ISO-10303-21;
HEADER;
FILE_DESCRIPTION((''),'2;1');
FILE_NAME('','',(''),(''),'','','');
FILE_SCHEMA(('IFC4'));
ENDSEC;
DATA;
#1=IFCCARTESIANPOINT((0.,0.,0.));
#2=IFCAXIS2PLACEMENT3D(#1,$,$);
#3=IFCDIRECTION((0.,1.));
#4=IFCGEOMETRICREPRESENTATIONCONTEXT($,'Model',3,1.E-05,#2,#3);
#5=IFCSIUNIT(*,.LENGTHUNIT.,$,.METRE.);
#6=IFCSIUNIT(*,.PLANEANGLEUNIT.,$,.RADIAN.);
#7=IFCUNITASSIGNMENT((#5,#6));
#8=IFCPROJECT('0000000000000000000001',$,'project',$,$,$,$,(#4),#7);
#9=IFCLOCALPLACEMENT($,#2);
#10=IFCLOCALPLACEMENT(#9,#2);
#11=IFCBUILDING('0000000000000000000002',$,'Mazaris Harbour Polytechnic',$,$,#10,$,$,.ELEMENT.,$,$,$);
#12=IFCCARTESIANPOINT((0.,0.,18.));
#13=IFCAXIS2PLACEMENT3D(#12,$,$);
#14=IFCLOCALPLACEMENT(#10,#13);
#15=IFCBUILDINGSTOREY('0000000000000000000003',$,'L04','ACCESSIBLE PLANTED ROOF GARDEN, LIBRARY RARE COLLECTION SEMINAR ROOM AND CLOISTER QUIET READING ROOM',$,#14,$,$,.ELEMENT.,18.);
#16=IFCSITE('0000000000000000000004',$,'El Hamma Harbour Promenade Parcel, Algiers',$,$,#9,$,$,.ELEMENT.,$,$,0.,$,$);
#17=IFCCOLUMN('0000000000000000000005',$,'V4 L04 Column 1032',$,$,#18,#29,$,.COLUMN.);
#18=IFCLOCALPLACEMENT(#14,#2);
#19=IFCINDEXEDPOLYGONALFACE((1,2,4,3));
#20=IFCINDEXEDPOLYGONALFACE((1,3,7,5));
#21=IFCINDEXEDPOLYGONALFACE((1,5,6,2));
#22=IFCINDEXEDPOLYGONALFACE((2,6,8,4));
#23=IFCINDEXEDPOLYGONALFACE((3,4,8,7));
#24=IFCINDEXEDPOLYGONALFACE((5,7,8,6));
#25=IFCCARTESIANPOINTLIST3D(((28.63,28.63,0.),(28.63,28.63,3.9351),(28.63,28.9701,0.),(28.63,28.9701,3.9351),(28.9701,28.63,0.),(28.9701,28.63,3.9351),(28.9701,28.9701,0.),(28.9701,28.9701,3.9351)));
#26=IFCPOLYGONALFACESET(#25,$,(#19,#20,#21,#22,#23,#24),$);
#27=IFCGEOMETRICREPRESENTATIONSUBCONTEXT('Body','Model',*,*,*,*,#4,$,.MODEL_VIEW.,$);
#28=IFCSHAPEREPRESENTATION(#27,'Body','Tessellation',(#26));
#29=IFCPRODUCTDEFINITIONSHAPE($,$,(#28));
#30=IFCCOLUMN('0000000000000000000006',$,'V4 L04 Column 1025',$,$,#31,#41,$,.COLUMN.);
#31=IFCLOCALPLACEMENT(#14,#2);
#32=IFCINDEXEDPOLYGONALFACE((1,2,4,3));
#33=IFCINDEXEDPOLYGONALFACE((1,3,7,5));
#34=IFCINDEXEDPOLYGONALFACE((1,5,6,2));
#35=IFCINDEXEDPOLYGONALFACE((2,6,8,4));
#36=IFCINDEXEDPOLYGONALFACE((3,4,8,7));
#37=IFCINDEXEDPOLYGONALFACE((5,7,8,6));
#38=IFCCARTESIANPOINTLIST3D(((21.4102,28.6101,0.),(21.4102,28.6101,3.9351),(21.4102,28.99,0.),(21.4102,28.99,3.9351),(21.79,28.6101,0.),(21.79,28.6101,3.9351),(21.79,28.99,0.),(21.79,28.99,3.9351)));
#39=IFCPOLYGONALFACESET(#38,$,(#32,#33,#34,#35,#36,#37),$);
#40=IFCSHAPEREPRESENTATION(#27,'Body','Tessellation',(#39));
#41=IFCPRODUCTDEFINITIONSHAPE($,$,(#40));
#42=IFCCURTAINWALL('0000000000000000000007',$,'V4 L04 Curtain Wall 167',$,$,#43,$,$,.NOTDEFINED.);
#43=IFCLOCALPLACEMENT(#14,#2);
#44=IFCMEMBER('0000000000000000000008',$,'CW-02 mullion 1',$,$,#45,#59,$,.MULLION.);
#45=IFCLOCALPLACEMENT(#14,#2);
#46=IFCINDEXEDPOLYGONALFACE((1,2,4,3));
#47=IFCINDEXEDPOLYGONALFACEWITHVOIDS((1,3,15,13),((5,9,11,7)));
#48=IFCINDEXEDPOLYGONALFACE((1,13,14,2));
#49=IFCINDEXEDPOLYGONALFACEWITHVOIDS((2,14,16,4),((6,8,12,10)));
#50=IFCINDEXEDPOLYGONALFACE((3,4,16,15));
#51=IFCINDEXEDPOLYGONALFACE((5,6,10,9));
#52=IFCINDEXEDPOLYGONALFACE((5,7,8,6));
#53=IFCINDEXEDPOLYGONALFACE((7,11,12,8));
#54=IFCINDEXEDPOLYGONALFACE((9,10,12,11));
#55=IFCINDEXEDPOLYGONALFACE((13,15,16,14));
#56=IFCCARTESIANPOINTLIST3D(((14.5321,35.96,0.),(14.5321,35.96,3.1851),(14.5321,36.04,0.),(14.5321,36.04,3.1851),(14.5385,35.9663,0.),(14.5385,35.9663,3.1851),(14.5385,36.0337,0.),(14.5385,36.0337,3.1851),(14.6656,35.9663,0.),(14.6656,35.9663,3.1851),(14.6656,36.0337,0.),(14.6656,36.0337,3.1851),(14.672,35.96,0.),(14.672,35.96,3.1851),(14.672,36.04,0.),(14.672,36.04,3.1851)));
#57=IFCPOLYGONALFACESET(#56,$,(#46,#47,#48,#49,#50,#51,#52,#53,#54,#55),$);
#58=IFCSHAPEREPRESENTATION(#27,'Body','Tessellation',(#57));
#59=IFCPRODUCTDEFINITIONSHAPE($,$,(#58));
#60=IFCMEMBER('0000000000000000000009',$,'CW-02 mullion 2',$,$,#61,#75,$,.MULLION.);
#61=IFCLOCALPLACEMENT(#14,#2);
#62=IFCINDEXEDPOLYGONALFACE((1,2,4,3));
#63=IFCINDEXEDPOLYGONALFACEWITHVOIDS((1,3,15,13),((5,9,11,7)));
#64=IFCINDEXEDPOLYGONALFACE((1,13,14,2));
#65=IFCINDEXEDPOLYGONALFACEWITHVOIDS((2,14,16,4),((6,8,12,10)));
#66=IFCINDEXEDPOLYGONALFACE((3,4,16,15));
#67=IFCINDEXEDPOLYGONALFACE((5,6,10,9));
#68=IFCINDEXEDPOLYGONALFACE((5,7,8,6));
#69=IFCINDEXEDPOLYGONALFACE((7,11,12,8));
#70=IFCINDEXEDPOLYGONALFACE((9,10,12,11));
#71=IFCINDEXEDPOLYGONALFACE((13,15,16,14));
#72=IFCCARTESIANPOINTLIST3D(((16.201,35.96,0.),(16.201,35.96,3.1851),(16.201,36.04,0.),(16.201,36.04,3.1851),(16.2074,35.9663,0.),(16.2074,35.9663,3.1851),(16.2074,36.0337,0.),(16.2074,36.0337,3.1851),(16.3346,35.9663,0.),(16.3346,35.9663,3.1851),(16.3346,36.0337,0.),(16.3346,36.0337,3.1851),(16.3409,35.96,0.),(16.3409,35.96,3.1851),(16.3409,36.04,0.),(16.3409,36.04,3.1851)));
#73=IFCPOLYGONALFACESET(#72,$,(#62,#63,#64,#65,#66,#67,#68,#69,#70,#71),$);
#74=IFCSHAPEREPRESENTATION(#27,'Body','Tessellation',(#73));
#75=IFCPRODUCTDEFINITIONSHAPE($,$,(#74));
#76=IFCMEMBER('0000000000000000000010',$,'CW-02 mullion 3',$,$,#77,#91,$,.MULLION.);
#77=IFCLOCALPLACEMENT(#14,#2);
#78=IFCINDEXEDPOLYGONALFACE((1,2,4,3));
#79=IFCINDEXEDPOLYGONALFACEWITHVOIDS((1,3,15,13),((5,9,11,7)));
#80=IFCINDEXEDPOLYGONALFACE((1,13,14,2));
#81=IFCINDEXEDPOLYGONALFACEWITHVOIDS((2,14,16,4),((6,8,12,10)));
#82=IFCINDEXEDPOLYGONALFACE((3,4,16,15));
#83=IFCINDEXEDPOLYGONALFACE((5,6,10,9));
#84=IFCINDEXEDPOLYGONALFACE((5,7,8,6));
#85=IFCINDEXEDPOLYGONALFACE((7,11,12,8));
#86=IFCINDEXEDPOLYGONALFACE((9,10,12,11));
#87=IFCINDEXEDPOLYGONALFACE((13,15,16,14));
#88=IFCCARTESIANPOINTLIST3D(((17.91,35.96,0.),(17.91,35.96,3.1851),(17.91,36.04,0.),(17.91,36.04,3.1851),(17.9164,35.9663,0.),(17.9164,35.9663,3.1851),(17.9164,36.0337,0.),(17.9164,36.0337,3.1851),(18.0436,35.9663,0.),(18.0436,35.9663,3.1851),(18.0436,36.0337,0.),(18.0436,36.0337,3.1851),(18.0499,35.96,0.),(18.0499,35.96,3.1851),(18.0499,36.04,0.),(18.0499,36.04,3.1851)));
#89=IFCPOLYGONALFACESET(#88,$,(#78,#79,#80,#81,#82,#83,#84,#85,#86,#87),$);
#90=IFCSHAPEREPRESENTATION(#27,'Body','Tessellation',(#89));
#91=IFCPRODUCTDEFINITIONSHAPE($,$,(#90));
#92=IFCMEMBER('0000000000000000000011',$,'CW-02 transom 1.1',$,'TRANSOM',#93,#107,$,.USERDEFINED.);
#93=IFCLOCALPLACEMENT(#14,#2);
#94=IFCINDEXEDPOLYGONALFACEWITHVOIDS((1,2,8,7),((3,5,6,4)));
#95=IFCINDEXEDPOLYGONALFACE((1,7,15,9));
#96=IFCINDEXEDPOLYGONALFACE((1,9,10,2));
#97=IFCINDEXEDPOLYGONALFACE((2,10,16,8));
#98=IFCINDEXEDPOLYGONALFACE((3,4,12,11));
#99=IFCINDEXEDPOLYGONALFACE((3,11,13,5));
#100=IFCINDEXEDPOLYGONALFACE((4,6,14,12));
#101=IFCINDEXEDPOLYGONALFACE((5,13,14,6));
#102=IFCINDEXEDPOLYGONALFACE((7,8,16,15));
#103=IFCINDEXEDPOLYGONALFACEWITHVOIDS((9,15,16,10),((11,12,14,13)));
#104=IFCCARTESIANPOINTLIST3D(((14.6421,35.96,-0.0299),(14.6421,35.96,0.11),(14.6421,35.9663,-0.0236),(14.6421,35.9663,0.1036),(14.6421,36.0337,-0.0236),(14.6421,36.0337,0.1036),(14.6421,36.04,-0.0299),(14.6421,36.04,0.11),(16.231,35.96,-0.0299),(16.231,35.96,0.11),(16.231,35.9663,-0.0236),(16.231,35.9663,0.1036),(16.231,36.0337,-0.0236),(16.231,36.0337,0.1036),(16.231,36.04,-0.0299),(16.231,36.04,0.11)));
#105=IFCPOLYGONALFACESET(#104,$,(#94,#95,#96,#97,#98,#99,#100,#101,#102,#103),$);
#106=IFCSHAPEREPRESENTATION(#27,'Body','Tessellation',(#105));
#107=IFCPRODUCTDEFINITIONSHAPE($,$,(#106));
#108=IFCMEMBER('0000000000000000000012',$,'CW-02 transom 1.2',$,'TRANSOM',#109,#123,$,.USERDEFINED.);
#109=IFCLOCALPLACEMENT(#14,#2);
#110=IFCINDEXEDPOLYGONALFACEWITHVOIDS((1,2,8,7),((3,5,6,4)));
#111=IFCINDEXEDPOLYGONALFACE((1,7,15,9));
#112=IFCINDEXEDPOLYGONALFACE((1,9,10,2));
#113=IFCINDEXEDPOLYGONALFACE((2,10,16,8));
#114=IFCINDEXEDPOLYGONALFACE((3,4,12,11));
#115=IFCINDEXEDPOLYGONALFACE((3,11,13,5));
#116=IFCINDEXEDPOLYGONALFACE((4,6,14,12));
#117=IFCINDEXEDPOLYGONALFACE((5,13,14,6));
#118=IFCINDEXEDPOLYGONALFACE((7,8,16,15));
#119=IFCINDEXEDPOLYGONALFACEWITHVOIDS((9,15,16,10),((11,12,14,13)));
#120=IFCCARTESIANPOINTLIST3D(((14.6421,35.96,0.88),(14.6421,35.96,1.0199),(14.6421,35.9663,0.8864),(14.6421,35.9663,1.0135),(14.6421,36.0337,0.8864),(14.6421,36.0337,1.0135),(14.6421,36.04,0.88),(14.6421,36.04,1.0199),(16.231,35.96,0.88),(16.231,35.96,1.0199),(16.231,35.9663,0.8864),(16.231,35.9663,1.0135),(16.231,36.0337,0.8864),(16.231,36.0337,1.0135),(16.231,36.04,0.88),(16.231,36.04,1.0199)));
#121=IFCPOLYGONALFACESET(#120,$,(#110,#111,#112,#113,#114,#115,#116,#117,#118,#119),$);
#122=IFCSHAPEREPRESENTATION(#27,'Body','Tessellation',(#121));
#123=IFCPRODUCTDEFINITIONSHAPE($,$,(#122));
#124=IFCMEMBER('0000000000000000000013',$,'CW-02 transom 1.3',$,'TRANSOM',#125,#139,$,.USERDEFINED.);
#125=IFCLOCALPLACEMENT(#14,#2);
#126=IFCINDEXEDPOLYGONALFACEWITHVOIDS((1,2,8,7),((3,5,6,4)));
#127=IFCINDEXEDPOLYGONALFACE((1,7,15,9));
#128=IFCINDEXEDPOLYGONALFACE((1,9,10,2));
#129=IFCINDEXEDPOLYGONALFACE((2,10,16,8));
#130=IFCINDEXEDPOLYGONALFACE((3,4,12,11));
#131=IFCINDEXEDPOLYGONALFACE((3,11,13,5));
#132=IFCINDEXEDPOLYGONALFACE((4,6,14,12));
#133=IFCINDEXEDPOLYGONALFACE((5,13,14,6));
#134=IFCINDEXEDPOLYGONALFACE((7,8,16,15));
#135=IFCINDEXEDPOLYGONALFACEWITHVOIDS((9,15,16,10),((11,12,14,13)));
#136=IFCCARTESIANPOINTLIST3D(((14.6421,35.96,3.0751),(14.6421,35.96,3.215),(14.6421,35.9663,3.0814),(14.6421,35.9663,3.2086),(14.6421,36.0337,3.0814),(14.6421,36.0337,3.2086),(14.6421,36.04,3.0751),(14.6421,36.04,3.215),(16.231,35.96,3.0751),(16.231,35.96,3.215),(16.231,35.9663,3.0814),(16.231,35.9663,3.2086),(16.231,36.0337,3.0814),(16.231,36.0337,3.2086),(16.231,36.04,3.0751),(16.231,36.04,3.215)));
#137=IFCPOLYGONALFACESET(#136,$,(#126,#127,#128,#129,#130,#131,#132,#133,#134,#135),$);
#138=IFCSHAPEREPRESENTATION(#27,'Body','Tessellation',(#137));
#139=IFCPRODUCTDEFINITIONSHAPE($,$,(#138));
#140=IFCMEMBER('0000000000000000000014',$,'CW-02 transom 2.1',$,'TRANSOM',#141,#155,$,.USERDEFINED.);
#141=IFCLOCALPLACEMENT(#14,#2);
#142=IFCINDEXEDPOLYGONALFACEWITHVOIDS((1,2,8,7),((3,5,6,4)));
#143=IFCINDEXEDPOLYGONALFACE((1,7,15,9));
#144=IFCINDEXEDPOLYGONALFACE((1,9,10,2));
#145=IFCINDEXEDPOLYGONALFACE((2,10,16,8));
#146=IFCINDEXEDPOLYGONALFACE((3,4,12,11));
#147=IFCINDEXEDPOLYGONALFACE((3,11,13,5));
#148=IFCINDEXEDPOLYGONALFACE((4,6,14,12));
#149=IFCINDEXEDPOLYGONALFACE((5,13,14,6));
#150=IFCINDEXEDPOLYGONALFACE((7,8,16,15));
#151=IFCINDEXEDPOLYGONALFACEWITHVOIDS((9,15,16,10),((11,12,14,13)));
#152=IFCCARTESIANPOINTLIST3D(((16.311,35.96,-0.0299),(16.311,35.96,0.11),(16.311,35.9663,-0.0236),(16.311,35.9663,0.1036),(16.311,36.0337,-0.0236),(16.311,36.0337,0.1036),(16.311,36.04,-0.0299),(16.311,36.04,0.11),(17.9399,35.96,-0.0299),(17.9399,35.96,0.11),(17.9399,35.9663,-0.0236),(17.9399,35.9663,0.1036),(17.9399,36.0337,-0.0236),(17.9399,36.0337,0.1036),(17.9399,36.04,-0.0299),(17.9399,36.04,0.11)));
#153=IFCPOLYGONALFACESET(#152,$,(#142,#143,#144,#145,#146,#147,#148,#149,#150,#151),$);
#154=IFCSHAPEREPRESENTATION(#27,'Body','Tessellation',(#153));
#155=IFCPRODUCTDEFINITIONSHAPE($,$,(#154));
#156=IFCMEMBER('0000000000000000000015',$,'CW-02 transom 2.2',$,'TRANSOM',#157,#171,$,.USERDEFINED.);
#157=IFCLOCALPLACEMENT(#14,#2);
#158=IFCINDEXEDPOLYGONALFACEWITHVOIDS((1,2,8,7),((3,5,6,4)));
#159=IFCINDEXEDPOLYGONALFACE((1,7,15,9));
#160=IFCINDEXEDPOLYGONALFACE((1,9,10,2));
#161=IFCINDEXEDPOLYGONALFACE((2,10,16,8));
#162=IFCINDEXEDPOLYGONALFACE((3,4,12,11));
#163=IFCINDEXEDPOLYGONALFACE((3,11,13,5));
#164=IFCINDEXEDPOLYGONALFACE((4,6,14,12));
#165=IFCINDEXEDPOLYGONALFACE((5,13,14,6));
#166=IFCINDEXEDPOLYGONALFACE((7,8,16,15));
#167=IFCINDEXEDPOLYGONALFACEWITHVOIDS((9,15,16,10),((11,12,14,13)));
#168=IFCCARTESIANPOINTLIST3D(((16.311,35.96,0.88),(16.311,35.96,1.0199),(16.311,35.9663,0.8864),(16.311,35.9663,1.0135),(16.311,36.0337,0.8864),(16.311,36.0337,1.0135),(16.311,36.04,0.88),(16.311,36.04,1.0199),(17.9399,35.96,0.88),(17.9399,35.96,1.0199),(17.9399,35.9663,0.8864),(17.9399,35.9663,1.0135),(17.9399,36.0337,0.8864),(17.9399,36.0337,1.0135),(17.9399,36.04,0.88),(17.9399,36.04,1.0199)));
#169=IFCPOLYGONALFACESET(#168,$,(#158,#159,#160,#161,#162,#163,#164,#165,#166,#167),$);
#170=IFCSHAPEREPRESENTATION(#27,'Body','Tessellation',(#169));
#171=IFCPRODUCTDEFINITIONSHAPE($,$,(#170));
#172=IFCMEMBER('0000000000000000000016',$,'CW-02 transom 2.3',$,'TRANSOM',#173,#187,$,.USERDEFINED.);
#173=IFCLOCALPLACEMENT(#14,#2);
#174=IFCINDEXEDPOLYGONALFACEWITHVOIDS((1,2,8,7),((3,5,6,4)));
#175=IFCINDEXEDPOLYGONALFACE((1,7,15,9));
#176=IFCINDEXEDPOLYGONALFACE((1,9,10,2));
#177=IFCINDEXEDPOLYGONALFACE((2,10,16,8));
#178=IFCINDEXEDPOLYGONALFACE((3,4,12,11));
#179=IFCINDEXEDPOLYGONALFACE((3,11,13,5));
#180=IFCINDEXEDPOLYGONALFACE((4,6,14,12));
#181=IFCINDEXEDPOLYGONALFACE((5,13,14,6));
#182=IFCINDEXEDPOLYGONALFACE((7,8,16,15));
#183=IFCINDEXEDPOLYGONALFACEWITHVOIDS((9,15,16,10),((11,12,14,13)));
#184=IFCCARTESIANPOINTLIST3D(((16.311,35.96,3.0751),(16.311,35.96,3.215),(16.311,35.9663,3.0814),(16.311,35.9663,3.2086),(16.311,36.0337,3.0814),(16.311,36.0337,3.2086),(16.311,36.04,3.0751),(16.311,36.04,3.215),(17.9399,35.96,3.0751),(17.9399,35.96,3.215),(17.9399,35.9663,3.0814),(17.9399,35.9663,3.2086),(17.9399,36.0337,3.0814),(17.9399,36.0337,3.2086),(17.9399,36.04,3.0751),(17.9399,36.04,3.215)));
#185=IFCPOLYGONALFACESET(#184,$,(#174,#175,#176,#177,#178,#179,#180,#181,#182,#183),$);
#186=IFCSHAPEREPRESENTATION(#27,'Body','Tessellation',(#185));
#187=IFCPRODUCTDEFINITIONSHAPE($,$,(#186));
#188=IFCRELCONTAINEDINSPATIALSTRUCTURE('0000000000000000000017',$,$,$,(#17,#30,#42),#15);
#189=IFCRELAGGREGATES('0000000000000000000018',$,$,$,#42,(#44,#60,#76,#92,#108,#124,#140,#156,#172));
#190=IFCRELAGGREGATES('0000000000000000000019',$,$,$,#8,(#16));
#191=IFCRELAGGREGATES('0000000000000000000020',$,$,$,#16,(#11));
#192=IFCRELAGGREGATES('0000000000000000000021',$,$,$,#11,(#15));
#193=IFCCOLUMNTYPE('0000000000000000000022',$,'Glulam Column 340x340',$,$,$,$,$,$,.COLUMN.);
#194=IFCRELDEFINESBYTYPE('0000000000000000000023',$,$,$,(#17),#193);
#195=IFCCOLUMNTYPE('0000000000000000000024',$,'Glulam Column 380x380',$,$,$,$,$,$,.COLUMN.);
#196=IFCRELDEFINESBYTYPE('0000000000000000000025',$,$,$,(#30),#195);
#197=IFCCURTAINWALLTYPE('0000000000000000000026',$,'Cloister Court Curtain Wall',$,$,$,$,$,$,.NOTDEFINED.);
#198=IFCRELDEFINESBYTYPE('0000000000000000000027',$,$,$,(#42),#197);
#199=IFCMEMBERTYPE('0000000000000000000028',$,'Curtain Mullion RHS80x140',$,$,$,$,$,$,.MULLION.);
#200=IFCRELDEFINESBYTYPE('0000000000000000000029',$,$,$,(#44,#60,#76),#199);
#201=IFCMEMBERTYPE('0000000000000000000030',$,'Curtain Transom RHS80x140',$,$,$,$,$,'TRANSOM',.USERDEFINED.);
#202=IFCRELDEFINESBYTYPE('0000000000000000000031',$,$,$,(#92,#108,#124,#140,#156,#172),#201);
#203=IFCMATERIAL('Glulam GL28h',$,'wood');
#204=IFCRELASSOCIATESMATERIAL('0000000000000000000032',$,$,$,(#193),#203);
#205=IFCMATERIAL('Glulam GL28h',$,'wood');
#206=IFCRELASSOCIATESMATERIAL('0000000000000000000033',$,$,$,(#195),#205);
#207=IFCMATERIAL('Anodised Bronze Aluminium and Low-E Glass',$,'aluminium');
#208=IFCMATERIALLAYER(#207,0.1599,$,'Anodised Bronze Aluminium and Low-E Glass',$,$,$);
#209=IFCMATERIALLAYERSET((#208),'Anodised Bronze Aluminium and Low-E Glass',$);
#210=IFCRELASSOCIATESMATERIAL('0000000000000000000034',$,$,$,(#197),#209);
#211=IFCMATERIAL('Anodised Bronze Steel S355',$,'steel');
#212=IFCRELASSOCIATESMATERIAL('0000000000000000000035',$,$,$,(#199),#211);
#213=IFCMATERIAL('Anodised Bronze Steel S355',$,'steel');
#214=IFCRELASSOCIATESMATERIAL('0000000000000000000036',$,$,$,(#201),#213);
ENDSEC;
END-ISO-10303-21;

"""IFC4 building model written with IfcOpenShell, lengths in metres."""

from ifc_helpers import new_model, si_unit, direction, frame, origin, origin_2d, place, context, subcontext, project, spatial, rectangle, hollow_rectangle, extrude, material, layer, layer_set, material_profile, profile_set, type_object, element, aggregate, save


model = new_model("IFC4")

# Units and contexts
model_context = context("Model", 3, precision=1e-05, world=origin(), true_north=direction((0.0, 1.0)))
body_context = subcontext(model_context, "Body", "Model", "MODEL_VIEW")
ifc_project = project(units=[si_unit("LENGTHUNIT", "METRE"), si_unit("PLANEANGLEUNIT", "RADIAN")], contexts=[model_context])

# Site, building, storey
site_placement = place(None, origin())
site = spatial("IfcSite", under=ifc_project, at=site_placement, Name="El Hamma Harbour Promenade Parcel, Algiers", CompositionType="ELEMENT", RefElevation=0.0)
building_placement = place(site_placement, origin())
building = spatial("IfcBuilding", under=site, at=building_placement, Name="Mazaris Harbour Polytechnic", CompositionType="ELEMENT")
storey_placement = place(building_placement, frame((0.0, 0.0, 18.0)))
storey = spatial("IfcBuildingStorey", under=building, at=storey_placement, Name="L04", Description="ACCESSIBLE PLANTED ROOF GARDEN, LIBRARY RARE COLLECTION SEMINAR ROOM AND CLOISTER QUIET READING ROOM", CompositionType="ELEMENT", Elevation=18.0)

# Columns
ifc_material_1 = material(Name="Glulam GL28h", Category="wood")
ifc_material_profile_1 = material_profile(ifc_material_1, rectangle(XDim=0.3401, YDim=0.3401, at=origin_2d()), Name="RECT340x340")
ifc_profile_set_1 = profile_set([ifc_material_profile_1], Name="Glulam GL28h")
column_type_1 = type_object("IfcColumnType", Name="Glulam Column 340x340", PredefinedType="COLUMN", material=ifc_profile_set_1)
column_1_placement = place(storey_placement, frame((28.8, 28.8, 0.0), z_axis=(0.0, 0.0, 1.0), x_axis=(1.0, 0.0, 0.0)))
element("IfcColumn", 1, at=column_1_placement, inside=storey, type_object=column_type_1, Name="V4 L04 Column 1032", PredefinedType="COLUMN", context=body_context, shape_type="SweptSolid", body=[
    extrude(rectangle(XDim=0.3401, YDim=0.3401, at=origin_2d()), origin(), (0.0, 0.0, 1.0), 3.9351),
])
ifc_material_2 = material(Name="Glulam GL28h", Category="wood")
ifc_material_profile_2 = material_profile(ifc_material_2, rectangle(XDim=0.3799, YDim=0.3799, at=origin_2d()), Name="RECT380x380")
ifc_profile_set_2 = profile_set([ifc_material_profile_2], Name="Glulam GL28h")
column_type_2 = type_object("IfcColumnType", Name="Glulam Column 380x380", PredefinedType="COLUMN", material=ifc_profile_set_2)
column_2_placement = place(storey_placement, frame((21.6001, 28.8, 0.0), z_axis=(0.0, 0.0, 1.0), x_axis=(1.0, 0.0, 0.0)))
element("IfcColumn", 2, at=column_2_placement, inside=storey, type_object=column_type_2, Name="V4 L04 Column 1025", PredefinedType="COLUMN", context=body_context, shape_type="SweptSolid", body=[
    extrude(rectangle(XDim=0.3799, YDim=0.3799, at=origin_2d()), origin(), (0.0, 0.0, 1.0), 3.9351),
])

# Curtain wall, members
ifc_material_3 = material(Name="Anodised Bronze Aluminium and Low-E Glass", Category="aluminium")
ifc_layer_1 = layer(ifc_material_3, 0.1599, Name="Anodised Bronze Aluminium and Low-E Glass")
ifc_layer_set_1 = layer_set([ifc_layer_1], Name="Anodised Bronze Aluminium and Low-E Glass")
curtain_wall_type = type_object("IfcCurtainWallType", Name="Cloister Court Curtain Wall", PredefinedType="NOTDEFINED", material=ifc_layer_set_1)
curtain_wall_placement = place(storey_placement, origin())
curtain_wall = element("IfcCurtainWall", 3, at=curtain_wall_placement, inside=storey, type_object=curtain_wall_type, Name="V4 L04 Curtain Wall 167", PredefinedType="NOTDEFINED")
ifc_material_4 = material(Name="Anodised Bronze Steel S355", Category="steel")
ifc_material_profile_3 = material_profile(ifc_material_4, hollow_rectangle(XDim=0.0801, YDim=0.1399, WallThickness=0.0063, at=origin_2d()), Name="RHS 80x140x6.3")
ifc_profile_set_3 = profile_set([ifc_material_profile_3], Name="Anodised Bronze Steel S355")
member_type_1 = type_object("IfcMemberType", Name="Curtain Mullion RHS80x140", PredefinedType="MULLION", material=ifc_profile_set_3)
member_1_placement = place(storey_placement, frame((14.6021, 36.0, 0.0), z_axis=(0.0, 0.0, 1.0), x_axis=(0.0, 1.0, 0.0)))
member_1 = element("IfcMember", 4, at=member_1_placement, type_object=member_type_1, Name="CW-02 mullion 1", PredefinedType="MULLION", context=body_context, shape_type="SweptSolid", body=[
    extrude(hollow_rectangle(XDim=0.0801, YDim=0.1399, WallThickness=0.0063, at=origin_2d()), origin(), (0.0, 0.0, 1.0), 3.1851),
])
member_2_placement = place(storey_placement, frame((16.271, 36.0, 0.0), z_axis=(0.0, 0.0, 1.0), x_axis=(0.0, 1.0, 0.0)))
member_2 = element("IfcMember", 5, at=member_2_placement, type_object=member_type_1, Name="CW-02 mullion 2", PredefinedType="MULLION", context=body_context, shape_type="SweptSolid", body=[
    extrude(hollow_rectangle(XDim=0.0801, YDim=0.1399, WallThickness=0.0063, at=origin_2d()), origin(), (0.0, 0.0, 1.0), 3.1851),
])
member_3_placement = place(storey_placement, frame((17.98, 36.0, 0.0), z_axis=(0.0, 0.0, 1.0), x_axis=(0.0, 1.0, 0.0)))
member_3 = element("IfcMember", 6, at=member_3_placement, type_object=member_type_1, Name="CW-02 mullion 3", PredefinedType="MULLION", context=body_context, shape_type="SweptSolid", body=[
    extrude(hollow_rectangle(XDim=0.0801, YDim=0.1399, WallThickness=0.0063, at=origin_2d()), origin(), (0.0, 0.0, 1.0), 3.1851),
])
ifc_material_5 = material(Name="Anodised Bronze Steel S355", Category="steel")
ifc_material_profile_4 = material_profile(ifc_material_5, hollow_rectangle(XDim=0.0801, YDim=0.1399, WallThickness=0.0063, at=origin_2d()), Name="RHS 80x140x6.3")
ifc_profile_set_4 = profile_set([ifc_material_profile_4], Name="Anodised Bronze Steel S355")
member_type_2 = type_object("IfcMemberType", Name="Curtain Transom RHS80x140", ElementType="TRANSOM", PredefinedType="USERDEFINED", material=ifc_profile_set_4)
member_4_placement = place(storey_placement, frame((14.6421, 36.0, 0.04), z_axis=(1.0, 0.0, 0.0), x_axis=(0.0, 1.0, 0.0)))
member_4 = element("IfcMember", 7, at=member_4_placement, type_object=member_type_2, Name="CW-02 transom 1.1", ObjectType="TRANSOM", PredefinedType="USERDEFINED", context=body_context, shape_type="SweptSolid", body=[
    extrude(hollow_rectangle(XDim=0.0801, YDim=0.1399, WallThickness=0.0063, at=origin_2d()), origin(), (0.0, 0.0, 1.0), 1.5889),
])
member_5_placement = place(storey_placement, frame((14.6421, 36.0, 0.95), z_axis=(1.0, 0.0, 0.0), x_axis=(0.0, 1.0, 0.0)))
member_5 = element("IfcMember", 8, at=member_5_placement, type_object=member_type_2, Name="CW-02 transom 1.2", ObjectType="TRANSOM", PredefinedType="USERDEFINED", context=body_context, shape_type="SweptSolid", body=[
    extrude(hollow_rectangle(XDim=0.0801, YDim=0.1399, WallThickness=0.0063, at=origin_2d()), origin(), (0.0, 0.0, 1.0), 1.5889),
])
member_6_placement = place(storey_placement, frame((14.6421, 36.0, 3.145), z_axis=(1.0, 0.0, 0.0), x_axis=(0.0, 1.0, 0.0)))
member_6 = element("IfcMember", 9, at=member_6_placement, type_object=member_type_2, Name="CW-02 transom 1.3", ObjectType="TRANSOM", PredefinedType="USERDEFINED", context=body_context, shape_type="SweptSolid", body=[
    extrude(hollow_rectangle(XDim=0.0801, YDim=0.1399, WallThickness=0.0063, at=origin_2d()), origin(), (0.0, 0.0, 1.0), 1.5889),
])
member_7_placement = place(storey_placement, frame((16.311, 36.0, 0.04), z_axis=(1.0, 0.0, 0.0), x_axis=(0.0, 1.0, 0.0)))
member_7 = element("IfcMember", 10, at=member_7_placement, type_object=member_type_2, Name="CW-02 transom 2.1", ObjectType="TRANSOM", PredefinedType="USERDEFINED", context=body_context, shape_type="SweptSolid", body=[
    extrude(hollow_rectangle(XDim=0.0801, YDim=0.1399, WallThickness=0.0063, at=origin_2d()), origin(), (0.0, 0.0, 1.0), 1.6289),
])
member_8_placement = place(storey_placement, frame((16.311, 36.0, 0.95), z_axis=(1.0, 0.0, 0.0), x_axis=(0.0, 1.0, 0.0)))
member_8 = element("IfcMember", 11, at=member_8_placement, type_object=member_type_2, Name="CW-02 transom 2.2", ObjectType="TRANSOM", PredefinedType="USERDEFINED", context=body_context, shape_type="SweptSolid", body=[
    extrude(hollow_rectangle(XDim=0.0801, YDim=0.1399, WallThickness=0.0063, at=origin_2d()), origin(), (0.0, 0.0, 1.0), 1.6289),
])
member_9_placement = place(storey_placement, frame((16.311, 36.0, 3.145), z_axis=(1.0, 0.0, 0.0), x_axis=(0.0, 1.0, 0.0)))
member_9 = element("IfcMember", 12, at=member_9_placement, type_object=member_type_2, Name="CW-02 transom 2.3", ObjectType="TRANSOM", PredefinedType="USERDEFINED", context=body_context, shape_type="SweptSolid", body=[
    extrude(hollow_rectangle(XDim=0.0801, YDim=0.1399, WallThickness=0.0063, at=origin_2d()), origin(), (0.0, 0.0, 1.0), 1.6289),
])

aggregate(curtain_wall, [member_1, member_2, member_3, member_4, member_5, member_6, member_7, member_8, member_9])

save(model, "model.ifc")
